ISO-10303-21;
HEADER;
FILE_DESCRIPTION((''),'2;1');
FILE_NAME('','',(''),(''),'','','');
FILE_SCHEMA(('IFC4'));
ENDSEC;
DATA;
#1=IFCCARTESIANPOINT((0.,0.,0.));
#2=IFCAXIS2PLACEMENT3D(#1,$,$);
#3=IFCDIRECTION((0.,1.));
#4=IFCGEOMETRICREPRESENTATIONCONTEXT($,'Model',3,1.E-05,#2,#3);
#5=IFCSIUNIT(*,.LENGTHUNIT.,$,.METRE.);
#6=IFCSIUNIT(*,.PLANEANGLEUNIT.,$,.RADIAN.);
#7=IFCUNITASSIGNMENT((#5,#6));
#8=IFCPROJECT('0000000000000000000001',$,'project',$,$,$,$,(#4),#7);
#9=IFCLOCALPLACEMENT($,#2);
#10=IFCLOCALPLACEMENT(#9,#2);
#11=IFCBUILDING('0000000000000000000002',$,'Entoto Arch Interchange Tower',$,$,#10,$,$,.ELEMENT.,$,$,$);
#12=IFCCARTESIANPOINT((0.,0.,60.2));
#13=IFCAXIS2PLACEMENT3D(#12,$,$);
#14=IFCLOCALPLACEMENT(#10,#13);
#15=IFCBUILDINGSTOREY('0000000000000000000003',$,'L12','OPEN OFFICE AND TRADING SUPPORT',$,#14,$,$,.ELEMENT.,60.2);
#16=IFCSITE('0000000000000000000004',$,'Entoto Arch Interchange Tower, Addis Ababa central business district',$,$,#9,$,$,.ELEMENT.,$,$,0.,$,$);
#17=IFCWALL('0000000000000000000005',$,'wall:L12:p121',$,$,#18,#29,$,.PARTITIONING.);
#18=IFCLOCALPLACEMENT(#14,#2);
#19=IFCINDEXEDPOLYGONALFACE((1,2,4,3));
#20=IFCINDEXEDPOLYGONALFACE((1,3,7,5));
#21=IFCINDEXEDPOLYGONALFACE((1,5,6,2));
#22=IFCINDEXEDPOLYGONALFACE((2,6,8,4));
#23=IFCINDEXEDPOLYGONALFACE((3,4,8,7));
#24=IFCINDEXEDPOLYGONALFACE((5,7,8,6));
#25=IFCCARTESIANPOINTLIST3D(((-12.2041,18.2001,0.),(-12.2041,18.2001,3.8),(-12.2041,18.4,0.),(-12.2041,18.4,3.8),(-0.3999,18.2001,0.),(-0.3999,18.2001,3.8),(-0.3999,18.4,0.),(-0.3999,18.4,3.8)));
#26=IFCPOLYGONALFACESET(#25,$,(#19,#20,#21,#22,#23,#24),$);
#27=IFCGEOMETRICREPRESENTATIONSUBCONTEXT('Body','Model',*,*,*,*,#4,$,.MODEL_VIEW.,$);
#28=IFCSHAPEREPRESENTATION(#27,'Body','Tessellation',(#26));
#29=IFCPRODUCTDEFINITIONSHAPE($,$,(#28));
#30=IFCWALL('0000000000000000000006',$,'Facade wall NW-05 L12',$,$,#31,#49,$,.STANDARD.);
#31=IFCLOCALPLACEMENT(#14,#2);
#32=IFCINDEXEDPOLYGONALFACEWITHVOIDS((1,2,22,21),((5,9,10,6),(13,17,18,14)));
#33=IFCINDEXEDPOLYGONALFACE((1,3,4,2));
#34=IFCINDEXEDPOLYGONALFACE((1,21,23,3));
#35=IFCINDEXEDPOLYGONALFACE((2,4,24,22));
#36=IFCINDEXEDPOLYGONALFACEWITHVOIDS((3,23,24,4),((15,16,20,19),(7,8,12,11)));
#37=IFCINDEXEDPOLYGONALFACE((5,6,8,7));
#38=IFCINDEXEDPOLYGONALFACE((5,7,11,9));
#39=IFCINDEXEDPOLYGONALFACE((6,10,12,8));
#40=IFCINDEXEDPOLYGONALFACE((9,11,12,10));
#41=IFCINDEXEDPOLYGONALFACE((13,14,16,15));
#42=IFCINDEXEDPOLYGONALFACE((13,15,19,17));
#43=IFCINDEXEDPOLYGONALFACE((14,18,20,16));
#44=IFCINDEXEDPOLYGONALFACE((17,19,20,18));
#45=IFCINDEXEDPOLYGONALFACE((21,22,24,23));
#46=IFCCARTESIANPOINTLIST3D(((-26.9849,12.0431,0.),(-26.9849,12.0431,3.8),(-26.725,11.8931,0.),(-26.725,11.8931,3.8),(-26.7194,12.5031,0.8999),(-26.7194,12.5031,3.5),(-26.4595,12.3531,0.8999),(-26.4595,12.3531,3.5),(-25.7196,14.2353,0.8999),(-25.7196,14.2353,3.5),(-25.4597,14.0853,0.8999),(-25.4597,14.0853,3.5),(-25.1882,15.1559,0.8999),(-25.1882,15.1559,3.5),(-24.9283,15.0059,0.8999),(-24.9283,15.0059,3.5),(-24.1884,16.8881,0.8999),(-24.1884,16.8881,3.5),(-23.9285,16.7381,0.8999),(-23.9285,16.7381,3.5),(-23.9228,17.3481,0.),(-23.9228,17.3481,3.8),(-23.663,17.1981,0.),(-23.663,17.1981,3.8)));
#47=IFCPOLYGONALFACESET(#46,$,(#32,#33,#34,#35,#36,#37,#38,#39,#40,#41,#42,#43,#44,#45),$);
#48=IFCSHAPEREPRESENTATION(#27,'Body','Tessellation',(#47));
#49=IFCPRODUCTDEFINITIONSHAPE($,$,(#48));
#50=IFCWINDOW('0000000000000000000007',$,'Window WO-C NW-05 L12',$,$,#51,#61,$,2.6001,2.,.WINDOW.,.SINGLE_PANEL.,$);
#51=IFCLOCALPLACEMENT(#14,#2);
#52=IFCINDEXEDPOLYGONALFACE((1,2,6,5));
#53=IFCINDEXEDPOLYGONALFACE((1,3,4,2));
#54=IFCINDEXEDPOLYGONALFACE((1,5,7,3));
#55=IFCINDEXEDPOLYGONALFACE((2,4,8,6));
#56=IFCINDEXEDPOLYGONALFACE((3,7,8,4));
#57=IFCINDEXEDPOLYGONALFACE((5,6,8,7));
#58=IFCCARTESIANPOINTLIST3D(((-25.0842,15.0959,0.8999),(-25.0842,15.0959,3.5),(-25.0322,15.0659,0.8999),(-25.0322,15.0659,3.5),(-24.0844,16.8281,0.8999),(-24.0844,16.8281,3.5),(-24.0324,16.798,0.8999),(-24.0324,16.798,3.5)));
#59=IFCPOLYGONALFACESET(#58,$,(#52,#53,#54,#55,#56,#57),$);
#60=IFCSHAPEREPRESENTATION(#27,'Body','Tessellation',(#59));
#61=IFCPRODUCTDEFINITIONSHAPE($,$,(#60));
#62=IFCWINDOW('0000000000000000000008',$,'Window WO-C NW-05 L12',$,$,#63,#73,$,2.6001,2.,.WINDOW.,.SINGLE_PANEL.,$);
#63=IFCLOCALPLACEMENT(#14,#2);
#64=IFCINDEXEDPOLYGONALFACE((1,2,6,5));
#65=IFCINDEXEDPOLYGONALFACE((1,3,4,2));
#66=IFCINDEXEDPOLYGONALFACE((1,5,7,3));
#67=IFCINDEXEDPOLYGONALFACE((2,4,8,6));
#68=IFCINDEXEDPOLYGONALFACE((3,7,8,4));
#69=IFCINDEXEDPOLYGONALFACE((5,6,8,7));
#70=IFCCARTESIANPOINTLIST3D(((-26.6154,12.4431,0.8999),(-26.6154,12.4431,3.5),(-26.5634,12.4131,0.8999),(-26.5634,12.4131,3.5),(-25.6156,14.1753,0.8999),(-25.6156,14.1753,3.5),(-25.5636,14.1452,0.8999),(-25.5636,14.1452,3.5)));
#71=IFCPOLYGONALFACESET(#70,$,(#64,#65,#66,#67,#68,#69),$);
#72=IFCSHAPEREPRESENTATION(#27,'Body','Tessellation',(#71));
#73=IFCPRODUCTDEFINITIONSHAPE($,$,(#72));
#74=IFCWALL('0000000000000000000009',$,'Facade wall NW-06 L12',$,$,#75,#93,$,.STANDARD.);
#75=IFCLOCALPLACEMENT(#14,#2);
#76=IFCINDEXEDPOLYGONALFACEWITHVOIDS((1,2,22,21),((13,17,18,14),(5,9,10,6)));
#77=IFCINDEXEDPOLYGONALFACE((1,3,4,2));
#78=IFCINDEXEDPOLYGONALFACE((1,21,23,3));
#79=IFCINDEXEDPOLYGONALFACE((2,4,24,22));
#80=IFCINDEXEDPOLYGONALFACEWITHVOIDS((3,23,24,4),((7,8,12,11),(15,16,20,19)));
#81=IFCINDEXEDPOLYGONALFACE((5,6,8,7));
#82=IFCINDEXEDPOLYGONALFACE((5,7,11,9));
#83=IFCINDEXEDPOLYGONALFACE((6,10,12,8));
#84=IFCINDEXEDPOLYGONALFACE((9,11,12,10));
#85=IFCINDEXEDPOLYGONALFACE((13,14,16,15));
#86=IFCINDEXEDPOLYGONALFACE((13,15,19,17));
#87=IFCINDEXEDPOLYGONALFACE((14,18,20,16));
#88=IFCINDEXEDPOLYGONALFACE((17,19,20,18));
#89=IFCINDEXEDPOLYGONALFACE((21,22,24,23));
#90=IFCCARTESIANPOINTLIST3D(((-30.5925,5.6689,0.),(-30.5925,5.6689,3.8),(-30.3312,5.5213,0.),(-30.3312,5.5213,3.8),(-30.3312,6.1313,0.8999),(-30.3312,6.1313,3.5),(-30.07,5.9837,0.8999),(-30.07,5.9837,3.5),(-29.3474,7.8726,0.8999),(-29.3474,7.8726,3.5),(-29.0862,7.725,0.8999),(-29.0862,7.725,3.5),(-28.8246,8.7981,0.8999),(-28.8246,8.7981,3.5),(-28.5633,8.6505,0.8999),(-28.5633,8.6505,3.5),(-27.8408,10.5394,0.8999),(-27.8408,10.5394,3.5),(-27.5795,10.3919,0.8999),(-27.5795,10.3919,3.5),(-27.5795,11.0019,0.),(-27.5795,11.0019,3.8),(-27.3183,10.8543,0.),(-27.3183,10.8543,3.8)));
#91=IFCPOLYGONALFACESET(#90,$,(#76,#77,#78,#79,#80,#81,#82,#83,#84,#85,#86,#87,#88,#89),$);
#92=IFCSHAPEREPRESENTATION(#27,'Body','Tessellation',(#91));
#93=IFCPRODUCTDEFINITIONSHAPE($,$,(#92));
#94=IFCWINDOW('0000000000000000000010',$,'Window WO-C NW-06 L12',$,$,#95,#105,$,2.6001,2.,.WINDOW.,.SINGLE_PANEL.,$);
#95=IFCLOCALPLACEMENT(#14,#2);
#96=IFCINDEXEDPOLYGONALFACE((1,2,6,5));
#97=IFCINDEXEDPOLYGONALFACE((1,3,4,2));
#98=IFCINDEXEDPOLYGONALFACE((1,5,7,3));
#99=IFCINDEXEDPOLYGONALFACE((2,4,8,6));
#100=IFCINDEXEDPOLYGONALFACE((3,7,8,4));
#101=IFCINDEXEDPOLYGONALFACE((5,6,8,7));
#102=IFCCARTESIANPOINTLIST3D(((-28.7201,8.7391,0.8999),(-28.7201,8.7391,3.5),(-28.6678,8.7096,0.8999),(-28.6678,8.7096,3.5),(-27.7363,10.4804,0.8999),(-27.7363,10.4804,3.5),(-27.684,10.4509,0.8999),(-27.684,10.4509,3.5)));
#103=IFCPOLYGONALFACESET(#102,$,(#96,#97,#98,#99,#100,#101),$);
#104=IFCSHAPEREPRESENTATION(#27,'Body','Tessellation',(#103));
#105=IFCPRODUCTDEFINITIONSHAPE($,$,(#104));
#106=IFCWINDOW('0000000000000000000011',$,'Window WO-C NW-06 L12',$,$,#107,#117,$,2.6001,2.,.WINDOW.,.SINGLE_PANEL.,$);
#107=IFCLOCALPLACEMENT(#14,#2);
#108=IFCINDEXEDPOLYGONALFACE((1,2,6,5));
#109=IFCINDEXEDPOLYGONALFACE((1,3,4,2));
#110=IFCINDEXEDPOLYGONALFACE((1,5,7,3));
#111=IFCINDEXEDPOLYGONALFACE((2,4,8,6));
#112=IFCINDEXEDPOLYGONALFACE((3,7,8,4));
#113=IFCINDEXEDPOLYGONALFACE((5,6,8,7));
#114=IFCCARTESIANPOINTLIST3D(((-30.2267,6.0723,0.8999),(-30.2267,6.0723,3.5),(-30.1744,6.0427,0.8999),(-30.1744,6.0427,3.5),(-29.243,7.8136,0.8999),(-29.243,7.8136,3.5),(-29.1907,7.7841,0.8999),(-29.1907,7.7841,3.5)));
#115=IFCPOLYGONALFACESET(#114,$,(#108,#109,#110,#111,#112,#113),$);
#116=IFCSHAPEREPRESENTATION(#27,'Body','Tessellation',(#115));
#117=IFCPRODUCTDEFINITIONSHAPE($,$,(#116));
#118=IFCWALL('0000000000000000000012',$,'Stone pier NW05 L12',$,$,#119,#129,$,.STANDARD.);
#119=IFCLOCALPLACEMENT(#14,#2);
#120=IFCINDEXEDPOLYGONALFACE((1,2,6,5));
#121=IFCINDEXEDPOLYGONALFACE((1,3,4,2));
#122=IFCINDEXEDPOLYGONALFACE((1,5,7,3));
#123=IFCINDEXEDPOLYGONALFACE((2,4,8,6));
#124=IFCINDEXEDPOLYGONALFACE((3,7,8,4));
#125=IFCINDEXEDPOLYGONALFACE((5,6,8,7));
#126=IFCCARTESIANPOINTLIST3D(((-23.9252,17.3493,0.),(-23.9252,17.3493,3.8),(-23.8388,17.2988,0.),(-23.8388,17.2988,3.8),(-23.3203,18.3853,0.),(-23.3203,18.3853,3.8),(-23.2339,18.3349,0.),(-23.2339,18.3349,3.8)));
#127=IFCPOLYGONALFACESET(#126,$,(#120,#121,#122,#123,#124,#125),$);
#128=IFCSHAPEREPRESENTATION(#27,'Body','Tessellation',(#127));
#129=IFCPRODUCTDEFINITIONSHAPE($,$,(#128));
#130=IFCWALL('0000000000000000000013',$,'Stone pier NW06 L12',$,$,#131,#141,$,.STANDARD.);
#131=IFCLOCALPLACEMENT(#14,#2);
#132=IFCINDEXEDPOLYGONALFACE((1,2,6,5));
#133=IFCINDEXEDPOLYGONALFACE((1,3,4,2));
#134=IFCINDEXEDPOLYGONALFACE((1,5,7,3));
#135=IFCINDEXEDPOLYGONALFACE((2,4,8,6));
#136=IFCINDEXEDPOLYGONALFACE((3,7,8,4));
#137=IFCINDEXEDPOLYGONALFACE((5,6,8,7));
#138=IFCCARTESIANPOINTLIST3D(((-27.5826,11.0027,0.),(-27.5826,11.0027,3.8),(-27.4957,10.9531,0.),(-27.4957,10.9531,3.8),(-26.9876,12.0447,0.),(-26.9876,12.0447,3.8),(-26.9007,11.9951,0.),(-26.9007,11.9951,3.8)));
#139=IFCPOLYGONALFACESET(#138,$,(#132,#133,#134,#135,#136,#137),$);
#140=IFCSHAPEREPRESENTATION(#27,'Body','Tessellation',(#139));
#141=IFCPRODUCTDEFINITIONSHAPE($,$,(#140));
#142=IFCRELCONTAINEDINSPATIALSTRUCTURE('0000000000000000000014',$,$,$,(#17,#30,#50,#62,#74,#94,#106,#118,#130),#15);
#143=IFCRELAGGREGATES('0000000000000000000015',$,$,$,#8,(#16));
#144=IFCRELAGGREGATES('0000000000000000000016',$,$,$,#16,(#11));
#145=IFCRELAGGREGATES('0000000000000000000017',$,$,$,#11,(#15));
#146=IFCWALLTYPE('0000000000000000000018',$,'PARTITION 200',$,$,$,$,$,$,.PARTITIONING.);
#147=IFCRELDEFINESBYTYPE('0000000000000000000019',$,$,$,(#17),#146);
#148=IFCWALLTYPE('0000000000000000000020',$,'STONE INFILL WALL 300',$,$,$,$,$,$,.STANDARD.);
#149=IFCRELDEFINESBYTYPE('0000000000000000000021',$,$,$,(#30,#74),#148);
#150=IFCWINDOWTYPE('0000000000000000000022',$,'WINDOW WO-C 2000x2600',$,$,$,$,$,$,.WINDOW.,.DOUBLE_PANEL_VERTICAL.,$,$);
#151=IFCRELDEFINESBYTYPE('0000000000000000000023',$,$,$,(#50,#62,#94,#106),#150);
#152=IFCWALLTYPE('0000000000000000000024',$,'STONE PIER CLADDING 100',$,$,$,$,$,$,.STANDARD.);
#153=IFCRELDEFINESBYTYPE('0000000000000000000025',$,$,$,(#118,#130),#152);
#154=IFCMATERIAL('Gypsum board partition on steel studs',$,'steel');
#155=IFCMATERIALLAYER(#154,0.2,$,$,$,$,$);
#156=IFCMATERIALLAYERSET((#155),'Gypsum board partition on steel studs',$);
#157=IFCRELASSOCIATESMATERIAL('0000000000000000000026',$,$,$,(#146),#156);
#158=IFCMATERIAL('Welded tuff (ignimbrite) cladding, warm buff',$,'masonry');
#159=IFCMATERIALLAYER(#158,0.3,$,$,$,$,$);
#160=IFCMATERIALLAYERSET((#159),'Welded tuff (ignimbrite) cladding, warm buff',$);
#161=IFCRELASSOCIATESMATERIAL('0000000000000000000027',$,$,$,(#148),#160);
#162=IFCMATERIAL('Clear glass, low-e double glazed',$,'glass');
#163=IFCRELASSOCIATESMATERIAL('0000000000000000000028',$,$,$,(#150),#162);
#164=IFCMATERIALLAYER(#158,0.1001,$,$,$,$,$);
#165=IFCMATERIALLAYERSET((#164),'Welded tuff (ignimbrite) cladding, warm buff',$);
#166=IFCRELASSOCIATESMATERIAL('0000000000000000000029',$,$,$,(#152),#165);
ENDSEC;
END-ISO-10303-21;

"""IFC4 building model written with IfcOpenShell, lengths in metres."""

from ifc_helpers import new_model, si_unit, direction, frame, frame_2d, origin, place, context, subcontext, project, spatial, rectangle, extrude, material, layer, layer_set, type_object, element, fill, save


model = new_model("IFC4")

# Units and contexts
model_context = context("Model", 3, precision=1e-05, world=origin(), true_north=direction((0.0, 1.0)))
body_context = subcontext(model_context, "Body", "Model", "MODEL_VIEW")
ifc_project = project(units=[si_unit("LENGTHUNIT", "METRE"), si_unit("PLANEANGLEUNIT", "RADIAN")], contexts=[model_context])

# Site, building, storey
site_placement = place(None, origin())
site = spatial("IfcSite", under=ifc_project, at=site_placement, Name="Entoto Arch Interchange Tower, Addis Ababa central business district", CompositionType="ELEMENT", RefElevation=0.0)
building_placement = place(site_placement, origin())
building = spatial("IfcBuilding", under=site, at=building_placement, Name="Entoto Arch Interchange Tower", CompositionType="ELEMENT")
storey_placement = place(building_placement, frame((0.0, 0.0, 60.2)))
storey = spatial("IfcBuildingStorey", under=building, at=storey_placement, Name="L12", Description="OPEN OFFICE AND TRADING SUPPORT", CompositionType="ELEMENT", Elevation=60.2)

# Shared definitions
ifc_material_1 = material(Name="Gypsum board partition on steel studs", Category="steel")
ifc_layer_1 = layer(ifc_material_1, 0.2)
ifc_layer_set_1 = layer_set([ifc_layer_1], Name="Gypsum board partition on steel studs")
wall_type_1 = type_object("IfcWallType", Name="PARTITION 200", PredefinedType="PARTITIONING", material=ifc_layer_set_1)

# Wall
wall_1_placement = place(storey_placement, frame((-12.2041, 18.3, 0.0), z_axis=(0.0, 0.0, 1.0), x_axis=(1.0, 0.0, 0.0)))
element("IfcWall", 1, at=wall_1_placement, inside=storey, type_object=wall_type_1, Name="wall:L12:p121", PredefinedType="PARTITIONING", context=body_context, shape_type="SweptSolid", body=[
    extrude(rectangle(XDim=11.8042, YDim=0.2, at=frame_2d((5.9021, 0.0))), origin(), (0.0, 0.0, 1.0), 3.8),
])

# Walls, openings, windows
ifc_material_2 = material(Name="Welded tuff (ignimbrite) cladding, warm buff", Category="masonry")
ifc_layer_2 = layer(ifc_material_2, 0.3)
ifc_layer_set_2 = layer_set([ifc_layer_2], Name="Welded tuff (ignimbrite) cladding, warm buff")
wall_type_2 = type_object("IfcWallType", Name="STONE INFILL WALL 300", PredefinedType="STANDARD", material=ifc_layer_set_2)
wall_2_placement = place(storey_placement, frame((-23.793, 17.2729, 0.0), z_axis=(0.0, 0.0, 1.0), x_axis=(-0.499903, -0.866081, 0.0)))
wall_2 = element("IfcWall", 2, at=wall_2_placement, inside=storey, type_object=wall_type_2, Name="Facade wall NW-05 L12", PredefinedType="STANDARD", context=body_context, shape_type="SweptSolid", body=[
    extrude(rectangle(XDim=6.1252, YDim=0.3, at=frame_2d((3.0625, 0.0))), origin(), (0.0, 0.0, 1.0), 3.8),
])
opening_1_placement = place(wall_2_placement, frame((0.531, 0.0, 0.8999)))
opening_1 = element("IfcOpeningElement", 3, at=opening_1_placement, cuts=wall_2, PredefinedType="OPENING", context=body_context, shape_type="SweptSolid", body=[
    extrude(rectangle(XDim=2.0, YDim=2.6001, at=frame_2d((1.0, 1.3))), frame((0.0, 0.1602, 0.0), z_axis=(0.0, -1.0, 0.0), x_axis=(1.0, 0.0, 0.0)), (0.0, 0.0, 1.0), 0.3201),
])
opening_2_placement = place(wall_2_placement, frame((3.594, 0.0, 0.8999)))
opening_2 = element("IfcOpeningElement", 4, at=opening_2_placement, cuts=wall_2, PredefinedType="OPENING", context=body_context, shape_type="SweptSolid", body=[
    extrude(rectangle(XDim=2.0, YDim=2.6001, at=frame_2d((1.0, 1.3))), frame((0.0, 0.1602, 0.0), z_axis=(0.0, -1.0, 0.0), x_axis=(1.0, 0.0, 0.0)), (0.0, 0.0, 1.0), 0.3201),
])
ifc_material_3 = material(Name="Clear glass, low-e double glazed", Category="glass")
window_type = type_object("IfcWindowType", Name="WINDOW WO-C 2000x2600", PartitioningType="DOUBLE_PANEL_VERTICAL", PredefinedType="WINDOW", material=ifc_material_3)
window_1_placement = place(opening_1_placement, origin())
window_1 = element("IfcWindow", 5, at=window_1_placement, inside=storey, type_object=window_type, Name="Window WO-C NW-05 L12", OverallHeight=2.6001, OverallWidth=2.0, PartitioningType="SINGLE_PANEL", PredefinedType="WINDOW", context=body_context, shape_type="SweptSolid", body=[
    extrude(rectangle(XDim=2.0, YDim=2.6001, at=frame_2d((1.0, 1.3))), frame((0.0, 0.03, 0.0), z_axis=(0.0, -1.0, 0.0), x_axis=(1.0, 0.0, 0.0)), (0.0, 0.0, 1.0), 0.0601),
])
fill(opening_1, window_1)
window_2_placement = place(opening_2_placement, origin())
window_2 = element("IfcWindow", 6, at=window_2_placement, inside=storey, type_object=window_type, Name="Window WO-C NW-05 L12", OverallHeight=2.6001, OverallWidth=2.0, PartitioningType="SINGLE_PANEL", PredefinedType="WINDOW", context=body_context, shape_type="SweptSolid", body=[
    extrude(rectangle(XDim=2.0, YDim=2.6001, at=frame_2d((1.0, 1.3))), frame((0.0, 0.03, 0.0), z_axis=(0.0, -1.0, 0.0), x_axis=(1.0, 0.0, 0.0)), (0.0, 0.0, 1.0), 0.0601),
])
fill(opening_2, window_2)
wall_3_placement = place(storey_placement, frame((-27.449, 10.928, 0.0), z_axis=(0.0, 0.0, 1.0), x_axis=(-0.491888, -0.870659, 0.0)))
wall_3 = element("IfcWall", 7, at=wall_3_placement, inside=storey, type_object=wall_type_2, Name="Facade wall NW-06 L12", PredefinedType="STANDARD", context=body_context, shape_type="SweptSolid", body=[
    extrude(rectangle(XDim=6.1252, YDim=0.3, at=frame_2d((3.0625, 0.0))), origin(), (0.0, 0.0, 1.0), 3.8),
])
opening_3_placement = place(wall_3_placement, frame((0.531, 0.0, 0.8999)))
opening_3 = element("IfcOpeningElement", 8, at=opening_3_placement, cuts=wall_3, PredefinedType="OPENING", context=body_context, shape_type="SweptSolid", body=[
    extrude(rectangle(XDim=2.0, YDim=2.6001, at=frame_2d((1.0, 1.3))), frame((0.0, 0.1602, 0.0), z_axis=(0.0, -1.0, 0.0), x_axis=(1.0, 0.0, 0.0)), (0.0, 0.0, 1.0), 0.3201),
])
opening_4_placement = place(wall_3_placement, frame((3.594, 0.0, 0.8999)))
opening_4 = element("IfcOpeningElement", 9, at=opening_4_placement, cuts=wall_3, PredefinedType="OPENING", context=body_context, shape_type="SweptSolid", body=[
    extrude(rectangle(XDim=2.0, YDim=2.6001, at=frame_2d((1.0, 1.3))), frame((0.0, 0.1602, 0.0), z_axis=(0.0, -1.0, 0.0), x_axis=(1.0, 0.0, 0.0)), (0.0, 0.0, 1.0), 0.3201),
])
window_3_placement = place(opening_3_placement, origin())
window_3 = element("IfcWindow", 10, at=window_3_placement, inside=storey, type_object=window_type, Name="Window WO-C NW-06 L12", OverallHeight=2.6001, OverallWidth=2.0, PartitioningType="SINGLE_PANEL", PredefinedType="WINDOW", context=body_context, shape_type="SweptSolid", body=[
    extrude(rectangle(XDim=2.0, YDim=2.6001, at=frame_2d((1.0, 1.3))), frame((0.0, 0.03, 0.0), z_axis=(0.0, -1.0, 0.0), x_axis=(1.0, 0.0, 0.0)), (0.0, 0.0, 1.0), 0.0601),
])
fill(opening_3, window_3)
window_4_placement = place(opening_4_placement, origin())
window_4 = element("IfcWindow", 11, at=window_4_placement, inside=storey, type_object=window_type, Name="Window WO-C NW-06 L12", OverallHeight=2.6001, OverallWidth=2.0, PartitioningType="SINGLE_PANEL", PredefinedType="WINDOW", context=body_context, shape_type="SweptSolid", body=[
    extrude(rectangle(XDim=2.0, YDim=2.6001, at=frame_2d((1.0, 1.3))), frame((0.0, 0.03, 0.0), z_axis=(0.0, -1.0, 0.0), x_axis=(1.0, 0.0, 0.0)), (0.0, 0.0, 1.0), 0.0601),
])
fill(opening_4, window_4)

# Walls
ifc_layer_3 = layer(ifc_material_2, 0.1001)
ifc_layer_set_3 = layer_set([ifc_layer_3], Name="Welded tuff (ignimbrite) cladding, warm buff")
wall_type_3 = type_object("IfcWallType", Name="STONE PIER CLADDING 100", PredefinedType="STANDARD", material=ifc_layer_set_3)
wall_4_placement = place(storey_placement, frame((-23.2771, 18.3601, 0.0), z_axis=(0.0, 0.0, 1.0), x_axis=(-0.504225, -0.863572, 0.0)))
element("IfcWall", 12, at=wall_4_placement, inside=storey, type_object=wall_type_3, Name="Stone pier NW05 L12", PredefinedType="STANDARD", context=body_context, shape_type="SweptSolid", body=[
    extrude(rectangle(XDim=1.1997, YDim=0.1001, at=frame_2d((0.5999, 0.0))), origin(), (0.0, 0.0, 1.0), 3.8),
])
wall_5_placement = place(storey_placement, frame((-26.9441, 12.02, 0.0), z_axis=(0.0, 0.0, 1.0), x_axis=(-0.495854, -0.868406, 0.0)))
element("IfcWall", 13, at=wall_5_placement, inside=storey, type_object=wall_type_3, Name="Stone pier NW06 L12", PredefinedType="STANDARD", context=body_context, shape_type="SweptSolid", body=[
    extrude(rectangle(XDim=1.2, YDim=0.1001, at=frame_2d((0.6001, 0.0))), origin(), (0.0, 0.0, 1.0), 3.8),
])

save(model, "model.ifc")
